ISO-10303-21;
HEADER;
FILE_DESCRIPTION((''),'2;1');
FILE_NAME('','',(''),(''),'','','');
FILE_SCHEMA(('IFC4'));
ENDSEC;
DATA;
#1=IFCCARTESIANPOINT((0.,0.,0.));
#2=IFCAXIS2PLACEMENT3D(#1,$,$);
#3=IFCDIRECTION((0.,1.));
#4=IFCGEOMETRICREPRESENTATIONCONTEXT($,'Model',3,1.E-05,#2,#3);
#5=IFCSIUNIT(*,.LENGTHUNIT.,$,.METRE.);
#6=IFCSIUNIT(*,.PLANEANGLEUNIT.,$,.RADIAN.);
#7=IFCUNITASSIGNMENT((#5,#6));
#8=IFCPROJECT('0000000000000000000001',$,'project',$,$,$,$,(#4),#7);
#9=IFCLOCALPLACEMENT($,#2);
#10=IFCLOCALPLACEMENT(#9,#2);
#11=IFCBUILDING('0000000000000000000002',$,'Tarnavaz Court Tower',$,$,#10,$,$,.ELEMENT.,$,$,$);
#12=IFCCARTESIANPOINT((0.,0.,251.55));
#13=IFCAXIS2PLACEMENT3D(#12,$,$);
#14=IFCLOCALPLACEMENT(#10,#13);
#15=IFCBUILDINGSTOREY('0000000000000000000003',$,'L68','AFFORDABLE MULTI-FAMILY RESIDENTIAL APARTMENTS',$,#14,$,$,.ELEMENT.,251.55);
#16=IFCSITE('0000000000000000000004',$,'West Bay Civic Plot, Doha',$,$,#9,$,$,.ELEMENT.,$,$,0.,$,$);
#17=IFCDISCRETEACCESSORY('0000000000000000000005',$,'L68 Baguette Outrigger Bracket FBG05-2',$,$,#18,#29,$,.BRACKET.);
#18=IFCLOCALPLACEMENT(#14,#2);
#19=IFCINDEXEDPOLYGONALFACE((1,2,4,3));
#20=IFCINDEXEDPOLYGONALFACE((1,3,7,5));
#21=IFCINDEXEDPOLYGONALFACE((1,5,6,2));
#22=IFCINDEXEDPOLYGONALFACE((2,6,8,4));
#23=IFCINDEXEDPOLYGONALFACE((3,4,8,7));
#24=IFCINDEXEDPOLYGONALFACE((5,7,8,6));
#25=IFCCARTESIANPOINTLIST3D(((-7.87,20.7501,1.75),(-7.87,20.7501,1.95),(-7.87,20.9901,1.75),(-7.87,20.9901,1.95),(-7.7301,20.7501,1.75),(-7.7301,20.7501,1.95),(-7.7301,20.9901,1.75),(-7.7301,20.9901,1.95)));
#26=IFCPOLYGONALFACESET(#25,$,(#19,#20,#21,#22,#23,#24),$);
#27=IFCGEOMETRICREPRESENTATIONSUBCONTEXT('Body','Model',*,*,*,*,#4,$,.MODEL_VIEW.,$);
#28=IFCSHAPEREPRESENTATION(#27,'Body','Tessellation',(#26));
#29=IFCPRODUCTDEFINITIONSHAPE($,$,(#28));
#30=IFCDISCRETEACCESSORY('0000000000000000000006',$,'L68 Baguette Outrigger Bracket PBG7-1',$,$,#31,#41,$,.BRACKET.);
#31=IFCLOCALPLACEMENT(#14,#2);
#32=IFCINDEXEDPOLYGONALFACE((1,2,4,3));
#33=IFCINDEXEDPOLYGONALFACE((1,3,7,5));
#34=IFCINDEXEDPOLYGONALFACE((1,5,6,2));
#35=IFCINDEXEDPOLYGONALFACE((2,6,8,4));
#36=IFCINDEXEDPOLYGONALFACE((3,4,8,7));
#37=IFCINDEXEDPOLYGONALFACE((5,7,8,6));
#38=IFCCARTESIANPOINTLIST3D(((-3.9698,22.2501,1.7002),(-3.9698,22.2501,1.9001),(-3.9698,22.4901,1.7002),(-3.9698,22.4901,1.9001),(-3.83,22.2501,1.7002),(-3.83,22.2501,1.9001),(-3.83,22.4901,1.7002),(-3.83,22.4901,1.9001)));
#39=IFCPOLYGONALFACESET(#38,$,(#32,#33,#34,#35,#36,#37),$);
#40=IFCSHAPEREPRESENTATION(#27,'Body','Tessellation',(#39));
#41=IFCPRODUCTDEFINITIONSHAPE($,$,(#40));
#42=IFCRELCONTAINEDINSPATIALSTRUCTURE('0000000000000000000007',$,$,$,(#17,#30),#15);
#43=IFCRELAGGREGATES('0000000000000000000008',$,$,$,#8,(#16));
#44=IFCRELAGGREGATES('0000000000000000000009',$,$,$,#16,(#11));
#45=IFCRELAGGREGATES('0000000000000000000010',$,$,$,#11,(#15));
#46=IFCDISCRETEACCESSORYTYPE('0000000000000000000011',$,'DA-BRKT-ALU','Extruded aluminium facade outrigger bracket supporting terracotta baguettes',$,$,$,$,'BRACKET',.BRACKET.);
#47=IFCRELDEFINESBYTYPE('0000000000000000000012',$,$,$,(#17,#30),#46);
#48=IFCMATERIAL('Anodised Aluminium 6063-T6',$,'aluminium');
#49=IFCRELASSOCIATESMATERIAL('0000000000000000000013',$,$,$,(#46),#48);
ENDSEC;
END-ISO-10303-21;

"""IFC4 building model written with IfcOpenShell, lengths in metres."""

from ifc_helpers import new_model, si_unit, direction, frame, origin, origin_2d, place, context, subcontext, project, spatial, rectangle, extrude, material, type_object, element, save


model = new_model("IFC4")

# Units and contexts
model_context = context("Model", 3, precision=1e-05, world=origin(), true_north=direction((0.0, 1.0)))
body_context = subcontext(model_context, "Body", "Model", "MODEL_VIEW")
ifc_project = project(units=[si_unit("LENGTHUNIT", "METRE"), si_unit("PLANEANGLEUNIT", "RADIAN")], contexts=[model_context])

# Site, building, storey
site_placement = place(None, origin())
site = spatial("IfcSite", under=ifc_project, at=site_placement, Name="West Bay Civic Plot, Doha", CompositionType="ELEMENT", RefElevation=0.0)
building_placement = place(site_placement, origin())
building = spatial("IfcBuilding", under=site, at=building_placement, Name="Tarnavaz Court Tower", CompositionType="ELEMENT")
storey_placement = place(building_placement, frame((0.0, 0.0, 251.55)))
storey = spatial("IfcBuildingStorey", under=building, at=storey_placement, Name="L68", Description="AFFORDABLE MULTI-FAMILY RESIDENTIAL APARTMENTS", CompositionType="ELEMENT", Elevation=251.55)

# Shared definitions
ifc_material_1 = material(Name="Anodised Aluminium 6063-T6", Category="aluminium")

# Discrete accessories
discrete_accessory_type = type_object("IfcDiscreteAccessoryType", Name="DA-BRKT-ALU", Description="Extruded aluminium facade outrigger bracket supporting terracotta baguettes", ElementType="BRACKET", PredefinedType="BRACKET", material=ifc_material_1)
for number, where, z_axis, x_axis, name in (
    (1, (-7.8, 20.8701, 1.75), (0.0, 0.0, 1.0), (1.0, 0.0, 0.0), "L68 Baguette Outrigger Bracket FBG05-2"),
    (2, (-3.8999, 22.3701, 1.7002), (0.0, 0.0, 1.0), (1.0, 0.0, 0.0), "L68 Baguette Outrigger Bracket PBG7-1"),
):
    element("IfcDiscreteAccessory", number, at=place(storey_placement, frame(where, z_axis=z_axis, x_axis=x_axis)), inside=storey, type_object=discrete_accessory_type, Name=name, PredefinedType="BRACKET", context=body_context, shape_type="SweptSolid", body=[
        extrude(rectangle(XDim=0.1399, YDim=0.24, at=origin_2d()), origin(), (0.0, 0.0, 1.0), 0.2),
    ])

save(model, "model.ifc")
